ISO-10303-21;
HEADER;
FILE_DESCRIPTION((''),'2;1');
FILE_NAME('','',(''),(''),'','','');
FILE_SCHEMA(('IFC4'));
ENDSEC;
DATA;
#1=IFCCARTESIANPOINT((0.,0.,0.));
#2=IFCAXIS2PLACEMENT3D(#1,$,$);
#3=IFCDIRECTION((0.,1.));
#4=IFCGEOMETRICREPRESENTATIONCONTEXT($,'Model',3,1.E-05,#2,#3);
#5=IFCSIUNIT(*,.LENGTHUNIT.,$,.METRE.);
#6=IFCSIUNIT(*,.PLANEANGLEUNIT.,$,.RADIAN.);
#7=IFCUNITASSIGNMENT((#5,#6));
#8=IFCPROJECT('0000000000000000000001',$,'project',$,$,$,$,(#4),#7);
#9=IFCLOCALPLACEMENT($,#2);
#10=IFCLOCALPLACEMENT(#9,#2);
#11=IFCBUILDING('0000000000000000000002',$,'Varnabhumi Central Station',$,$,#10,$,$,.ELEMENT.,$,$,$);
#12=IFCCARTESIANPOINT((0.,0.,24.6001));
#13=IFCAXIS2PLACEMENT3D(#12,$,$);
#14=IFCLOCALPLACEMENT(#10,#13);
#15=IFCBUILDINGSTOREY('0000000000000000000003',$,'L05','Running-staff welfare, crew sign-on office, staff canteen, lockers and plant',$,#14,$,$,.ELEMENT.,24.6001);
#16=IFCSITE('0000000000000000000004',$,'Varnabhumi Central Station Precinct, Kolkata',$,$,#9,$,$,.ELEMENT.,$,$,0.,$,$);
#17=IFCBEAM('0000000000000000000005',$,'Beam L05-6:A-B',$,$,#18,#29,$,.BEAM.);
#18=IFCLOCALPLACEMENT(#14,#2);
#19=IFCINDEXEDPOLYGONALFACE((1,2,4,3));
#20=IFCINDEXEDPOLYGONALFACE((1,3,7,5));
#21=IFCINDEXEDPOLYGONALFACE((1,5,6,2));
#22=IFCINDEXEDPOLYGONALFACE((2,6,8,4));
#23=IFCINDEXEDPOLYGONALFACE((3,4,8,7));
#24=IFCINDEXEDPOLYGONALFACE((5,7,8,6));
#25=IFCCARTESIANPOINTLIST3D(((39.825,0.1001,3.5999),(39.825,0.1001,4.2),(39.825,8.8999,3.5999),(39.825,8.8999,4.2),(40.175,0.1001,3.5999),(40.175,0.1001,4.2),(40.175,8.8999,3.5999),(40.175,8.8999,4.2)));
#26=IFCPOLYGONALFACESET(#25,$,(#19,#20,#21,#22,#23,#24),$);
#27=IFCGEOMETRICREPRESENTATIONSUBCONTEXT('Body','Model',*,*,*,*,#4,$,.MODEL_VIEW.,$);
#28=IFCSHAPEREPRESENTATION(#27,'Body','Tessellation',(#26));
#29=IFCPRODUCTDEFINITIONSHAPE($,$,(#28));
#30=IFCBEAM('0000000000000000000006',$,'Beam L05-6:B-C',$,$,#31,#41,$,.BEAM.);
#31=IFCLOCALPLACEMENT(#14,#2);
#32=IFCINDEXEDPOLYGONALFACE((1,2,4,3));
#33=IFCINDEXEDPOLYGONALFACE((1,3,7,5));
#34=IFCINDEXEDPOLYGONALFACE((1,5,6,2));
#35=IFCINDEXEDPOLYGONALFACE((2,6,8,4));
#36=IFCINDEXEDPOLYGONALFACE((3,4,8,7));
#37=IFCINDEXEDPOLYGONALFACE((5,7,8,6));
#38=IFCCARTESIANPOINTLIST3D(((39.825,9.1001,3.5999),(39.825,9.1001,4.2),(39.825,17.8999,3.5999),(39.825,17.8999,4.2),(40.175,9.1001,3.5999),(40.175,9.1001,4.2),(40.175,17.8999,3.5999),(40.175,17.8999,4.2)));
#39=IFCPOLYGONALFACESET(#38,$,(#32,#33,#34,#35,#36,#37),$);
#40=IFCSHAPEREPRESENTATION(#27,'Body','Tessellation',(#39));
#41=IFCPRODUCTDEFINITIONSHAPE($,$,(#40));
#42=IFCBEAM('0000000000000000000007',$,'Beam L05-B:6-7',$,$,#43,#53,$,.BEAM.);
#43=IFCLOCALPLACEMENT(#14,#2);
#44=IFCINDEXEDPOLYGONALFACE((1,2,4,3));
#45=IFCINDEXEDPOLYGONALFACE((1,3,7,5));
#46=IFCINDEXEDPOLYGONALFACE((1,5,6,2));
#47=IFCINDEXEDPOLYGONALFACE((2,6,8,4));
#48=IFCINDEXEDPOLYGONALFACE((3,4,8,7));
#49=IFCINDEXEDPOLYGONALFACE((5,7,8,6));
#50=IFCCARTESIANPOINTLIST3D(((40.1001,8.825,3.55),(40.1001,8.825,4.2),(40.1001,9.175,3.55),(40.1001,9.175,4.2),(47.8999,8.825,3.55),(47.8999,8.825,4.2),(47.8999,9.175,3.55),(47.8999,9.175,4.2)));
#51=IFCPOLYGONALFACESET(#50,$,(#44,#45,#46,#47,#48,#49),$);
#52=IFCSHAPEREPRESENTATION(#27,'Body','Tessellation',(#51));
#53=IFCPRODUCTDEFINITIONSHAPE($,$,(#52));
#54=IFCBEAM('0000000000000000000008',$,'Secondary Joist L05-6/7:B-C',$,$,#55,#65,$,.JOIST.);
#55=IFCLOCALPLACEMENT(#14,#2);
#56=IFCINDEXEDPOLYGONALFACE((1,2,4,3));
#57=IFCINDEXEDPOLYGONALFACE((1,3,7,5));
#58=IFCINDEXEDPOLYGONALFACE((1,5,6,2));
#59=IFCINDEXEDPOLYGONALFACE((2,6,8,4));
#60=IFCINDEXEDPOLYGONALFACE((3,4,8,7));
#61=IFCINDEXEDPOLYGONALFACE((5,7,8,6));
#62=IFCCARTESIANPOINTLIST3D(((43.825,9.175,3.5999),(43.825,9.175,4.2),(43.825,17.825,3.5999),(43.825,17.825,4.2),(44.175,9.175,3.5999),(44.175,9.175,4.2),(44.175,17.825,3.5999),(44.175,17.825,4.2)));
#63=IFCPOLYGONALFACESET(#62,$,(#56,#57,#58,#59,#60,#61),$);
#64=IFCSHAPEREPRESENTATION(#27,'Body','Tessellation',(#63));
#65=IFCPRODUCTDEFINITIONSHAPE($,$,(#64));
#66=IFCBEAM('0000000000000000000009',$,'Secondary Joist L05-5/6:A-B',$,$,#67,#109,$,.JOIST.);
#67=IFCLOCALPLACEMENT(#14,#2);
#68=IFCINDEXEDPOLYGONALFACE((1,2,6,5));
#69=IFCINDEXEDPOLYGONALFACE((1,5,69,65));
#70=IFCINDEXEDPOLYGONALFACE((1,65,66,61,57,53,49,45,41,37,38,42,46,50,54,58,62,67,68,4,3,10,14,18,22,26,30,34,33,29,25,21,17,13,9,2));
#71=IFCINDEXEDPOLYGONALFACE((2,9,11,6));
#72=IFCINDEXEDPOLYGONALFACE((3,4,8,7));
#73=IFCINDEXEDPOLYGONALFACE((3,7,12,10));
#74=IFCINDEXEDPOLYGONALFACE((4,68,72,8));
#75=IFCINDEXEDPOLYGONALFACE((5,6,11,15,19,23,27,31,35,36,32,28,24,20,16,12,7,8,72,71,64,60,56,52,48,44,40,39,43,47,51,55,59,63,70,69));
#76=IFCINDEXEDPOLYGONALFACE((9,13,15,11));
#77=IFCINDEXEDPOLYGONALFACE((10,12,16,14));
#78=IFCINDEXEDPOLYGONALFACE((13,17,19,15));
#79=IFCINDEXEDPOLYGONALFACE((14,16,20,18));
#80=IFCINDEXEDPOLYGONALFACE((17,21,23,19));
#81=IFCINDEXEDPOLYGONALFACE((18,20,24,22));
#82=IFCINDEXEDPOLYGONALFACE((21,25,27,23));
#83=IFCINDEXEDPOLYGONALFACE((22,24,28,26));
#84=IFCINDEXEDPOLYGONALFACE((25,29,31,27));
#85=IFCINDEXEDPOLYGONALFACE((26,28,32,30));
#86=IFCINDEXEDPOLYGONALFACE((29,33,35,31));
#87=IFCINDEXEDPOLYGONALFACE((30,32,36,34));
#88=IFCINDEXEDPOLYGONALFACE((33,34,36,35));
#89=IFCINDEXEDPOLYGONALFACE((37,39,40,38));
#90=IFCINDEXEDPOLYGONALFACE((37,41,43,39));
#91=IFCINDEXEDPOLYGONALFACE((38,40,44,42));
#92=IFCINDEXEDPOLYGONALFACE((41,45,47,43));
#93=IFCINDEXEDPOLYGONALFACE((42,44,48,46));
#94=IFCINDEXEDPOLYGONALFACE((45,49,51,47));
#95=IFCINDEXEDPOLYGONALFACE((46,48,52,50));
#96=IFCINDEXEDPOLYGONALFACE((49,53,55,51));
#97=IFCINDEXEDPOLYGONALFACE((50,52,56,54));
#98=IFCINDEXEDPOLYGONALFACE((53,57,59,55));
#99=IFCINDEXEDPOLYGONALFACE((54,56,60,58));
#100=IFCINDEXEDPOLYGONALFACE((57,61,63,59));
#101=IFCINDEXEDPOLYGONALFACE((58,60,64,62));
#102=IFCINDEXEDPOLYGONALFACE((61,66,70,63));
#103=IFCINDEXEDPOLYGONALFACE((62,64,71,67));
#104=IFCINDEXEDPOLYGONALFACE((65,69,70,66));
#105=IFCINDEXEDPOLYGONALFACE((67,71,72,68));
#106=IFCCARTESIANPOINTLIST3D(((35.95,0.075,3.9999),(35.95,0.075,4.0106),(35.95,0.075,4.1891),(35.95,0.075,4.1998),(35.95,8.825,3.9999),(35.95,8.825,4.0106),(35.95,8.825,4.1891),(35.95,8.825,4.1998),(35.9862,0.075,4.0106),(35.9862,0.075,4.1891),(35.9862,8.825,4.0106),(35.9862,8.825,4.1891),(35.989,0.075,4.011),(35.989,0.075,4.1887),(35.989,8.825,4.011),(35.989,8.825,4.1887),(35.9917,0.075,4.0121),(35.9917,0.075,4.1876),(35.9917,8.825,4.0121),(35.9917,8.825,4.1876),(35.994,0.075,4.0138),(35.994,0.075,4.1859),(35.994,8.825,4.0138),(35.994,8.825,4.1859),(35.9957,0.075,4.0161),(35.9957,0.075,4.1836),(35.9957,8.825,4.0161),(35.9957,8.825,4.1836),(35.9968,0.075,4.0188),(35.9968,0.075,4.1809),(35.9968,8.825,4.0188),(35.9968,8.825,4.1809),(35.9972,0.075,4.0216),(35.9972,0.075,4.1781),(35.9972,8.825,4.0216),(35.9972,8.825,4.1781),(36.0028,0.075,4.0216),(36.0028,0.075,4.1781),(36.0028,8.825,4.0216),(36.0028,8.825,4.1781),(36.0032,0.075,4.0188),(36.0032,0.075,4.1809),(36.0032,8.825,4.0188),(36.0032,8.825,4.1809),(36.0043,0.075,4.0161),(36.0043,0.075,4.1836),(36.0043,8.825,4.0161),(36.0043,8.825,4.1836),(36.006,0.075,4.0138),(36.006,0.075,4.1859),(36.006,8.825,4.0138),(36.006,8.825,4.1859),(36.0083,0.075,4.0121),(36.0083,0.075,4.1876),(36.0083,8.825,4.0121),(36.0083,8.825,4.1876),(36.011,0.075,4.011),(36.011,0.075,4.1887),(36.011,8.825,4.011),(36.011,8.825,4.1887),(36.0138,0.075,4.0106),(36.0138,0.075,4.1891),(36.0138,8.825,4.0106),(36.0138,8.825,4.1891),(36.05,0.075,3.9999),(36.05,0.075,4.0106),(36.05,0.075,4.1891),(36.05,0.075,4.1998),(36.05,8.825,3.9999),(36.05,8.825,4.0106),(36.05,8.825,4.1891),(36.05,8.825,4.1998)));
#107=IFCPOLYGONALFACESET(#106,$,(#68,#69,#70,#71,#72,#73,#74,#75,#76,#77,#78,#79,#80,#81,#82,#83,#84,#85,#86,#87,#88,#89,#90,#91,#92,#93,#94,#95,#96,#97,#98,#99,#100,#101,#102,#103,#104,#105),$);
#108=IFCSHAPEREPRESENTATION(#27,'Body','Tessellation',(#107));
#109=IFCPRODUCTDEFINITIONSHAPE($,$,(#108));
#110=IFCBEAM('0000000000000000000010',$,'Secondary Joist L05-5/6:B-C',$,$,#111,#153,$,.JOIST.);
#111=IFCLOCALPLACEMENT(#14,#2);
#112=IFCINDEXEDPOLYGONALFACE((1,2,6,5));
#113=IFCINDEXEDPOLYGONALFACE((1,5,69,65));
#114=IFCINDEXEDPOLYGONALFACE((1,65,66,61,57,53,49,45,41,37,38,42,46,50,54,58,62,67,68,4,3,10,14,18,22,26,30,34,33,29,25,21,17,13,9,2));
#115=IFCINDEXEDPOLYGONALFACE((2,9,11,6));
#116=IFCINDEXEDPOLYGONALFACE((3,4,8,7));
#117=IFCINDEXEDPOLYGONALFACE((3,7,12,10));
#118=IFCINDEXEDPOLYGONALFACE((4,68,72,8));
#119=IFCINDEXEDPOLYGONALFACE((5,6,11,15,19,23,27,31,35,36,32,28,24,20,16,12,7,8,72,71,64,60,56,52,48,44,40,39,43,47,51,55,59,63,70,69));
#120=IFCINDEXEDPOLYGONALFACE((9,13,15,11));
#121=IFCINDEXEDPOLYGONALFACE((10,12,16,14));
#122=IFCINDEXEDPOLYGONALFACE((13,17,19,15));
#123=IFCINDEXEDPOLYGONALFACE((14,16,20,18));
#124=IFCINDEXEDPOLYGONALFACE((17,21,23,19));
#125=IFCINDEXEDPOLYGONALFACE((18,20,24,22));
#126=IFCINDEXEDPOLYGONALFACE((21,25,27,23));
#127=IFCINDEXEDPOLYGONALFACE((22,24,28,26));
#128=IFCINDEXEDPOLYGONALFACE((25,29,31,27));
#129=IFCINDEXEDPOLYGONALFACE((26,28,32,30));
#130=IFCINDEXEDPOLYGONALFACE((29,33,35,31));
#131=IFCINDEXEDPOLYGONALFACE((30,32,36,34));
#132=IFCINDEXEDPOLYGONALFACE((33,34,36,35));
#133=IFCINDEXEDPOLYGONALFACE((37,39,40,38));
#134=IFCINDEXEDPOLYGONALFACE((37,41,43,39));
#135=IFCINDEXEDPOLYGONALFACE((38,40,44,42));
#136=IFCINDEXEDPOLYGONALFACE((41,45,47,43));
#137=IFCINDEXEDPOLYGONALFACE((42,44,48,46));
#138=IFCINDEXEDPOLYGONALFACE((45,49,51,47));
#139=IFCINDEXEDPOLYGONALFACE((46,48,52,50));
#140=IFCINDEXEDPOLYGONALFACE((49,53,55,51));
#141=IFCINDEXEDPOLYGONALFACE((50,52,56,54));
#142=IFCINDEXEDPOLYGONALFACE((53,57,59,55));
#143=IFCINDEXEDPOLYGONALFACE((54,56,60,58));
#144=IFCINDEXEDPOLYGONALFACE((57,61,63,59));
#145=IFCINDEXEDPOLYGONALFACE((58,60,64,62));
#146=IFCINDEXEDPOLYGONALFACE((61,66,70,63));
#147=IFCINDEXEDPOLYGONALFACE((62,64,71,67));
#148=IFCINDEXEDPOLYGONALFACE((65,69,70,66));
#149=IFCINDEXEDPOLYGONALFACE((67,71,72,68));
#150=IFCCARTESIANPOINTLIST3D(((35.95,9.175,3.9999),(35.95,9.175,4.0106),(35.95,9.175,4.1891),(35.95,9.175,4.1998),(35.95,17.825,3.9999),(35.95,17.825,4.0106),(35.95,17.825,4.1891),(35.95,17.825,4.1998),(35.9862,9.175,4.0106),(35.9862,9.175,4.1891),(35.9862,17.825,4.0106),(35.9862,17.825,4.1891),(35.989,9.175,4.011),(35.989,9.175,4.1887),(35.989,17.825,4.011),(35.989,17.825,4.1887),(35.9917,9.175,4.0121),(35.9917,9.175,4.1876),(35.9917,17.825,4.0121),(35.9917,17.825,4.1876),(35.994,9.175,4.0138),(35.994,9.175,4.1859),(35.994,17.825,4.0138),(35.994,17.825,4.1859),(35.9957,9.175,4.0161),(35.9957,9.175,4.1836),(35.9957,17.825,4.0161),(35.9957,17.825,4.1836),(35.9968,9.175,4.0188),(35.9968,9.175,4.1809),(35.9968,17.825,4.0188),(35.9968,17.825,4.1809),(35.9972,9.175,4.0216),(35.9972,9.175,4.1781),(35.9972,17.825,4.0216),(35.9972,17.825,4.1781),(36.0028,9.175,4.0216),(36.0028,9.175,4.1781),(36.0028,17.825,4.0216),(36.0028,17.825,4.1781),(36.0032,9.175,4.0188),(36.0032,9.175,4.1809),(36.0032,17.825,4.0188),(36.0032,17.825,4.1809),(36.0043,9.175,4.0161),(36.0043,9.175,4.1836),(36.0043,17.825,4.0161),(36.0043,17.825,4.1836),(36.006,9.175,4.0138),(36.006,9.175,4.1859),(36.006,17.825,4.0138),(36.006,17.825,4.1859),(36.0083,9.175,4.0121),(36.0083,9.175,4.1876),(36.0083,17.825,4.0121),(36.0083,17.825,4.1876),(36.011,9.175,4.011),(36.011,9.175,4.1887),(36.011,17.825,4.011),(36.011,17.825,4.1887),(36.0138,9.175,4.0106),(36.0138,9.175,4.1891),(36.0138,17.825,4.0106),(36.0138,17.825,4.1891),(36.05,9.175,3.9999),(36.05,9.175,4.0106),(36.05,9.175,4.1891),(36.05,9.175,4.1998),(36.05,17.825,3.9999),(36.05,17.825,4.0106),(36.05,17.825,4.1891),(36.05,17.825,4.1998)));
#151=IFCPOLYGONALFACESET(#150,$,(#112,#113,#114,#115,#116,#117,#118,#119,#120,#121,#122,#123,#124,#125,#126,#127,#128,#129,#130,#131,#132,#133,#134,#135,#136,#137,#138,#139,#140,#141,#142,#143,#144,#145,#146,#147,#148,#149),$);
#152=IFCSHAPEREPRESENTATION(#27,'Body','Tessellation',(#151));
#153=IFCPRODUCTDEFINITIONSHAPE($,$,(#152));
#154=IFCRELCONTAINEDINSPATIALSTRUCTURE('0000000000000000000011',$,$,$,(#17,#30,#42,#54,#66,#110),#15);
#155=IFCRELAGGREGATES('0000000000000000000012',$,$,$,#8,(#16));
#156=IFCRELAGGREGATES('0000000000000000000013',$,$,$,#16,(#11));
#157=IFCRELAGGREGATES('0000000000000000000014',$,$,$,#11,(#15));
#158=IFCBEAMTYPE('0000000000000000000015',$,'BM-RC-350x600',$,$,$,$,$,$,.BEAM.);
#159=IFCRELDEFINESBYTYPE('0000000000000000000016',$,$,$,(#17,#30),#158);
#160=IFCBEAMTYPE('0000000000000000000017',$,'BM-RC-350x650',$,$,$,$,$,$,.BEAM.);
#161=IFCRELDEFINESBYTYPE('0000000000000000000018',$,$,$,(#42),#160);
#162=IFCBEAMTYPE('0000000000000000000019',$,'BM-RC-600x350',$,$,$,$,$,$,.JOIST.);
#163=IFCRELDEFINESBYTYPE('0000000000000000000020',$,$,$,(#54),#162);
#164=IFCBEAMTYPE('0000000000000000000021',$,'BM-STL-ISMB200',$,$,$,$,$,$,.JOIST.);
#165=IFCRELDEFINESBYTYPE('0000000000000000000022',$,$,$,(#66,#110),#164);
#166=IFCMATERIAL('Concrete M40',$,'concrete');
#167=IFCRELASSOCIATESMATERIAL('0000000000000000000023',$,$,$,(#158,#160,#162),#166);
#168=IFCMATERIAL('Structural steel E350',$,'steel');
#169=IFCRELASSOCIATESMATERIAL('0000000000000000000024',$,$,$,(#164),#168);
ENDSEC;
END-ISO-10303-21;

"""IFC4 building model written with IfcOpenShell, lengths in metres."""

from ifc_helpers import new_model, si_unit, direction, frame, origin, origin_2d, place, context, subcontext, project, spatial, rectangle, i_section, extrude, material, material_profile, profile_set, type_object, element, save


model = new_model("IFC4")

# Units and contexts
model_context = context("Model", 3, precision=1e-05, world=origin(), true_north=direction((0.0, 1.0)))
body_context = subcontext(model_context, "Body", "Model", "MODEL_VIEW")
ifc_project = project(units=[si_unit("LENGTHUNIT", "METRE"), si_unit("PLANEANGLEUNIT", "RADIAN")], contexts=[model_context])

# Site, building, storey
site_placement = place(None, origin())
site = spatial("IfcSite", under=ifc_project, at=site_placement, Name="Varnabhumi Central Station Precinct, Kolkata", CompositionType="ELEMENT", RefElevation=0.0)
building_placement = place(site_placement, origin())
building = spatial("IfcBuilding", under=site, at=building_placement, Name="Varnabhumi Central Station", CompositionType="ELEMENT")
storey_placement = place(building_placement, frame((0.0, 0.0, 24.6001)))
storey = spatial("IfcBuildingStorey", under=building, at=storey_placement, Name="L05", Description="Running-staff welfare, crew sign-on office, staff canteen, lockers and plant", CompositionType="ELEMENT", Elevation=24.6001)

# Shared definitions
ifc_material_1 = material(Name="Concrete M40", Category="concrete")
ifc_material_2 = material(Name="Structural steel E350", Category="steel")

# Beams
ifc_material_profile_1 = material_profile(ifc_material_1, rectangle(XDim=0.3501, YDim=0.6001, at=origin_2d()), Name="Concrete M40", Category="concrete")
ifc_profile_set_1 = profile_set([ifc_material_profile_1], Name="Concrete M40")
beam_type_1 = type_object("IfcBeamType", Name="BM-RC-350x600", PredefinedType="BEAM", material=ifc_profile_set_1)
for number, where, z_axis, x_axis, name in (
    (1, (40.0, 0.1001, 3.8999), (0.0, 1.0, 0.0), (-1.0, 0.0, 0.0), "Beam L05-6:A-B"),
    (2, (40.0, 9.1001, 3.8999), (0.0, 1.0, 0.0), (-1.0, 0.0, 0.0), "Beam L05-6:B-C"),
):
    element("IfcBeam", number, at=place(storey_placement, frame(where, z_axis=z_axis, x_axis=x_axis)), inside=storey, type_object=beam_type_1, Name=name, PredefinedType="BEAM", context=body_context, shape_type="SweptSolid", body=[
        extrude(rectangle(XDim=0.3501, YDim=0.6001, at=origin_2d()), origin(), (0.0, 0.0, 1.0), 8.7998),
    ])
ifc_material_profile_2 = material_profile(ifc_material_1, rectangle(XDim=0.3501, YDim=0.6499, at=origin_2d()), Name="Concrete M40", Category="concrete")
ifc_profile_set_2 = profile_set([ifc_material_profile_2], Name="Concrete M40")
beam_type_2 = type_object("IfcBeamType", Name="BM-RC-350x650", PredefinedType="BEAM", material=ifc_profile_set_2)
beam_1_placement = place(storey_placement, frame((40.1001, 9.0, 3.875), z_axis=(1.0, 0.0, 0.0), x_axis=(0.0, 1.0, 0.0)))
element("IfcBeam", 3, at=beam_1_placement, inside=storey, type_object=beam_type_2, Name="Beam L05-B:6-7", PredefinedType="BEAM", context=body_context, shape_type="SweptSolid", body=[
    extrude(rectangle(XDim=0.3501, YDim=0.6499, at=origin_2d()), origin(), (0.0, 0.0, 1.0), 7.7998),
])
ifc_material_profile_3 = material_profile(ifc_material_1, rectangle(XDim=0.3501, YDim=0.6001, at=origin_2d()), Name="Concrete M40", Category="concrete")
ifc_profile_set_3 = profile_set([ifc_material_profile_3], Name="Concrete M40")
beam_type_3 = type_object("IfcBeamType", Name="BM-RC-600x350", PredefinedType="JOIST", material=ifc_profile_set_3)
beam_2_placement = place(storey_placement, frame((44.0, 9.175, 3.8999), z_axis=(0.0, 1.0, 0.0), x_axis=(-1.0, 0.0, 0.0)))
element("IfcBeam", 4, at=beam_2_placement, inside=storey, type_object=beam_type_3, Name="Secondary Joist L05-6/7:B-C", PredefinedType="JOIST", context=body_context, shape_type="SweptSolid", body=[
    extrude(rectangle(XDim=0.3501, YDim=0.6001, at=origin_2d()), origin(), (0.0, 0.0, 1.0), 8.6499),
])
ifc_material_profile_4 = material_profile(ifc_material_2, i_section(OverallWidth=0.1001, OverallDepth=0.2, WebThickness=0.0056, FlangeThickness=0.0107, FilletRadius=0.011, at=origin_2d()), Name="Structural steel E350", Category="steel")
ifc_profile_set_4 = profile_set([ifc_material_profile_4], Name="Structural steel E350")
beam_type_4 = type_object("IfcBeamType", Name="BM-STL-ISMB200", PredefinedType="JOIST", material=ifc_profile_set_4)
beam_3_placement = place(storey_placement, frame((36.0, 0.075, 4.0999), z_axis=(0.0, 1.0, 0.0), x_axis=(-1.0, 0.0, 0.0)))
element("IfcBeam", 5, at=beam_3_placement, inside=storey, type_object=beam_type_4, Name="Secondary Joist L05-5/6:A-B", PredefinedType="JOIST", context=body_context, shape_type="SweptSolid", body=[
    extrude(i_section(OverallWidth=0.1001, OverallDepth=0.2, WebThickness=0.0056, FlangeThickness=0.0107, FilletRadius=0.011, at=origin_2d()), origin(), (0.0, 0.0, 1.0), 8.75),
])
beam_4_placement = place(storey_placement, frame((36.0, 9.175, 4.0999), z_axis=(0.0, 1.0, 0.0), x_axis=(-1.0, 0.0, 0.0)))
element("IfcBeam", 6, at=beam_4_placement, inside=storey, type_object=beam_type_4, Name="Secondary Joist L05-5/6:B-C", PredefinedType="JOIST", context=body_context, shape_type="SweptSolid", body=[
    extrude(i_section(OverallWidth=0.1001, OverallDepth=0.2, WebThickness=0.0056, FlangeThickness=0.0107, FilletRadius=0.011, at=origin_2d()), origin(), (0.0, 0.0, 1.0), 8.6499),
])

save(model, "model.ifc")
